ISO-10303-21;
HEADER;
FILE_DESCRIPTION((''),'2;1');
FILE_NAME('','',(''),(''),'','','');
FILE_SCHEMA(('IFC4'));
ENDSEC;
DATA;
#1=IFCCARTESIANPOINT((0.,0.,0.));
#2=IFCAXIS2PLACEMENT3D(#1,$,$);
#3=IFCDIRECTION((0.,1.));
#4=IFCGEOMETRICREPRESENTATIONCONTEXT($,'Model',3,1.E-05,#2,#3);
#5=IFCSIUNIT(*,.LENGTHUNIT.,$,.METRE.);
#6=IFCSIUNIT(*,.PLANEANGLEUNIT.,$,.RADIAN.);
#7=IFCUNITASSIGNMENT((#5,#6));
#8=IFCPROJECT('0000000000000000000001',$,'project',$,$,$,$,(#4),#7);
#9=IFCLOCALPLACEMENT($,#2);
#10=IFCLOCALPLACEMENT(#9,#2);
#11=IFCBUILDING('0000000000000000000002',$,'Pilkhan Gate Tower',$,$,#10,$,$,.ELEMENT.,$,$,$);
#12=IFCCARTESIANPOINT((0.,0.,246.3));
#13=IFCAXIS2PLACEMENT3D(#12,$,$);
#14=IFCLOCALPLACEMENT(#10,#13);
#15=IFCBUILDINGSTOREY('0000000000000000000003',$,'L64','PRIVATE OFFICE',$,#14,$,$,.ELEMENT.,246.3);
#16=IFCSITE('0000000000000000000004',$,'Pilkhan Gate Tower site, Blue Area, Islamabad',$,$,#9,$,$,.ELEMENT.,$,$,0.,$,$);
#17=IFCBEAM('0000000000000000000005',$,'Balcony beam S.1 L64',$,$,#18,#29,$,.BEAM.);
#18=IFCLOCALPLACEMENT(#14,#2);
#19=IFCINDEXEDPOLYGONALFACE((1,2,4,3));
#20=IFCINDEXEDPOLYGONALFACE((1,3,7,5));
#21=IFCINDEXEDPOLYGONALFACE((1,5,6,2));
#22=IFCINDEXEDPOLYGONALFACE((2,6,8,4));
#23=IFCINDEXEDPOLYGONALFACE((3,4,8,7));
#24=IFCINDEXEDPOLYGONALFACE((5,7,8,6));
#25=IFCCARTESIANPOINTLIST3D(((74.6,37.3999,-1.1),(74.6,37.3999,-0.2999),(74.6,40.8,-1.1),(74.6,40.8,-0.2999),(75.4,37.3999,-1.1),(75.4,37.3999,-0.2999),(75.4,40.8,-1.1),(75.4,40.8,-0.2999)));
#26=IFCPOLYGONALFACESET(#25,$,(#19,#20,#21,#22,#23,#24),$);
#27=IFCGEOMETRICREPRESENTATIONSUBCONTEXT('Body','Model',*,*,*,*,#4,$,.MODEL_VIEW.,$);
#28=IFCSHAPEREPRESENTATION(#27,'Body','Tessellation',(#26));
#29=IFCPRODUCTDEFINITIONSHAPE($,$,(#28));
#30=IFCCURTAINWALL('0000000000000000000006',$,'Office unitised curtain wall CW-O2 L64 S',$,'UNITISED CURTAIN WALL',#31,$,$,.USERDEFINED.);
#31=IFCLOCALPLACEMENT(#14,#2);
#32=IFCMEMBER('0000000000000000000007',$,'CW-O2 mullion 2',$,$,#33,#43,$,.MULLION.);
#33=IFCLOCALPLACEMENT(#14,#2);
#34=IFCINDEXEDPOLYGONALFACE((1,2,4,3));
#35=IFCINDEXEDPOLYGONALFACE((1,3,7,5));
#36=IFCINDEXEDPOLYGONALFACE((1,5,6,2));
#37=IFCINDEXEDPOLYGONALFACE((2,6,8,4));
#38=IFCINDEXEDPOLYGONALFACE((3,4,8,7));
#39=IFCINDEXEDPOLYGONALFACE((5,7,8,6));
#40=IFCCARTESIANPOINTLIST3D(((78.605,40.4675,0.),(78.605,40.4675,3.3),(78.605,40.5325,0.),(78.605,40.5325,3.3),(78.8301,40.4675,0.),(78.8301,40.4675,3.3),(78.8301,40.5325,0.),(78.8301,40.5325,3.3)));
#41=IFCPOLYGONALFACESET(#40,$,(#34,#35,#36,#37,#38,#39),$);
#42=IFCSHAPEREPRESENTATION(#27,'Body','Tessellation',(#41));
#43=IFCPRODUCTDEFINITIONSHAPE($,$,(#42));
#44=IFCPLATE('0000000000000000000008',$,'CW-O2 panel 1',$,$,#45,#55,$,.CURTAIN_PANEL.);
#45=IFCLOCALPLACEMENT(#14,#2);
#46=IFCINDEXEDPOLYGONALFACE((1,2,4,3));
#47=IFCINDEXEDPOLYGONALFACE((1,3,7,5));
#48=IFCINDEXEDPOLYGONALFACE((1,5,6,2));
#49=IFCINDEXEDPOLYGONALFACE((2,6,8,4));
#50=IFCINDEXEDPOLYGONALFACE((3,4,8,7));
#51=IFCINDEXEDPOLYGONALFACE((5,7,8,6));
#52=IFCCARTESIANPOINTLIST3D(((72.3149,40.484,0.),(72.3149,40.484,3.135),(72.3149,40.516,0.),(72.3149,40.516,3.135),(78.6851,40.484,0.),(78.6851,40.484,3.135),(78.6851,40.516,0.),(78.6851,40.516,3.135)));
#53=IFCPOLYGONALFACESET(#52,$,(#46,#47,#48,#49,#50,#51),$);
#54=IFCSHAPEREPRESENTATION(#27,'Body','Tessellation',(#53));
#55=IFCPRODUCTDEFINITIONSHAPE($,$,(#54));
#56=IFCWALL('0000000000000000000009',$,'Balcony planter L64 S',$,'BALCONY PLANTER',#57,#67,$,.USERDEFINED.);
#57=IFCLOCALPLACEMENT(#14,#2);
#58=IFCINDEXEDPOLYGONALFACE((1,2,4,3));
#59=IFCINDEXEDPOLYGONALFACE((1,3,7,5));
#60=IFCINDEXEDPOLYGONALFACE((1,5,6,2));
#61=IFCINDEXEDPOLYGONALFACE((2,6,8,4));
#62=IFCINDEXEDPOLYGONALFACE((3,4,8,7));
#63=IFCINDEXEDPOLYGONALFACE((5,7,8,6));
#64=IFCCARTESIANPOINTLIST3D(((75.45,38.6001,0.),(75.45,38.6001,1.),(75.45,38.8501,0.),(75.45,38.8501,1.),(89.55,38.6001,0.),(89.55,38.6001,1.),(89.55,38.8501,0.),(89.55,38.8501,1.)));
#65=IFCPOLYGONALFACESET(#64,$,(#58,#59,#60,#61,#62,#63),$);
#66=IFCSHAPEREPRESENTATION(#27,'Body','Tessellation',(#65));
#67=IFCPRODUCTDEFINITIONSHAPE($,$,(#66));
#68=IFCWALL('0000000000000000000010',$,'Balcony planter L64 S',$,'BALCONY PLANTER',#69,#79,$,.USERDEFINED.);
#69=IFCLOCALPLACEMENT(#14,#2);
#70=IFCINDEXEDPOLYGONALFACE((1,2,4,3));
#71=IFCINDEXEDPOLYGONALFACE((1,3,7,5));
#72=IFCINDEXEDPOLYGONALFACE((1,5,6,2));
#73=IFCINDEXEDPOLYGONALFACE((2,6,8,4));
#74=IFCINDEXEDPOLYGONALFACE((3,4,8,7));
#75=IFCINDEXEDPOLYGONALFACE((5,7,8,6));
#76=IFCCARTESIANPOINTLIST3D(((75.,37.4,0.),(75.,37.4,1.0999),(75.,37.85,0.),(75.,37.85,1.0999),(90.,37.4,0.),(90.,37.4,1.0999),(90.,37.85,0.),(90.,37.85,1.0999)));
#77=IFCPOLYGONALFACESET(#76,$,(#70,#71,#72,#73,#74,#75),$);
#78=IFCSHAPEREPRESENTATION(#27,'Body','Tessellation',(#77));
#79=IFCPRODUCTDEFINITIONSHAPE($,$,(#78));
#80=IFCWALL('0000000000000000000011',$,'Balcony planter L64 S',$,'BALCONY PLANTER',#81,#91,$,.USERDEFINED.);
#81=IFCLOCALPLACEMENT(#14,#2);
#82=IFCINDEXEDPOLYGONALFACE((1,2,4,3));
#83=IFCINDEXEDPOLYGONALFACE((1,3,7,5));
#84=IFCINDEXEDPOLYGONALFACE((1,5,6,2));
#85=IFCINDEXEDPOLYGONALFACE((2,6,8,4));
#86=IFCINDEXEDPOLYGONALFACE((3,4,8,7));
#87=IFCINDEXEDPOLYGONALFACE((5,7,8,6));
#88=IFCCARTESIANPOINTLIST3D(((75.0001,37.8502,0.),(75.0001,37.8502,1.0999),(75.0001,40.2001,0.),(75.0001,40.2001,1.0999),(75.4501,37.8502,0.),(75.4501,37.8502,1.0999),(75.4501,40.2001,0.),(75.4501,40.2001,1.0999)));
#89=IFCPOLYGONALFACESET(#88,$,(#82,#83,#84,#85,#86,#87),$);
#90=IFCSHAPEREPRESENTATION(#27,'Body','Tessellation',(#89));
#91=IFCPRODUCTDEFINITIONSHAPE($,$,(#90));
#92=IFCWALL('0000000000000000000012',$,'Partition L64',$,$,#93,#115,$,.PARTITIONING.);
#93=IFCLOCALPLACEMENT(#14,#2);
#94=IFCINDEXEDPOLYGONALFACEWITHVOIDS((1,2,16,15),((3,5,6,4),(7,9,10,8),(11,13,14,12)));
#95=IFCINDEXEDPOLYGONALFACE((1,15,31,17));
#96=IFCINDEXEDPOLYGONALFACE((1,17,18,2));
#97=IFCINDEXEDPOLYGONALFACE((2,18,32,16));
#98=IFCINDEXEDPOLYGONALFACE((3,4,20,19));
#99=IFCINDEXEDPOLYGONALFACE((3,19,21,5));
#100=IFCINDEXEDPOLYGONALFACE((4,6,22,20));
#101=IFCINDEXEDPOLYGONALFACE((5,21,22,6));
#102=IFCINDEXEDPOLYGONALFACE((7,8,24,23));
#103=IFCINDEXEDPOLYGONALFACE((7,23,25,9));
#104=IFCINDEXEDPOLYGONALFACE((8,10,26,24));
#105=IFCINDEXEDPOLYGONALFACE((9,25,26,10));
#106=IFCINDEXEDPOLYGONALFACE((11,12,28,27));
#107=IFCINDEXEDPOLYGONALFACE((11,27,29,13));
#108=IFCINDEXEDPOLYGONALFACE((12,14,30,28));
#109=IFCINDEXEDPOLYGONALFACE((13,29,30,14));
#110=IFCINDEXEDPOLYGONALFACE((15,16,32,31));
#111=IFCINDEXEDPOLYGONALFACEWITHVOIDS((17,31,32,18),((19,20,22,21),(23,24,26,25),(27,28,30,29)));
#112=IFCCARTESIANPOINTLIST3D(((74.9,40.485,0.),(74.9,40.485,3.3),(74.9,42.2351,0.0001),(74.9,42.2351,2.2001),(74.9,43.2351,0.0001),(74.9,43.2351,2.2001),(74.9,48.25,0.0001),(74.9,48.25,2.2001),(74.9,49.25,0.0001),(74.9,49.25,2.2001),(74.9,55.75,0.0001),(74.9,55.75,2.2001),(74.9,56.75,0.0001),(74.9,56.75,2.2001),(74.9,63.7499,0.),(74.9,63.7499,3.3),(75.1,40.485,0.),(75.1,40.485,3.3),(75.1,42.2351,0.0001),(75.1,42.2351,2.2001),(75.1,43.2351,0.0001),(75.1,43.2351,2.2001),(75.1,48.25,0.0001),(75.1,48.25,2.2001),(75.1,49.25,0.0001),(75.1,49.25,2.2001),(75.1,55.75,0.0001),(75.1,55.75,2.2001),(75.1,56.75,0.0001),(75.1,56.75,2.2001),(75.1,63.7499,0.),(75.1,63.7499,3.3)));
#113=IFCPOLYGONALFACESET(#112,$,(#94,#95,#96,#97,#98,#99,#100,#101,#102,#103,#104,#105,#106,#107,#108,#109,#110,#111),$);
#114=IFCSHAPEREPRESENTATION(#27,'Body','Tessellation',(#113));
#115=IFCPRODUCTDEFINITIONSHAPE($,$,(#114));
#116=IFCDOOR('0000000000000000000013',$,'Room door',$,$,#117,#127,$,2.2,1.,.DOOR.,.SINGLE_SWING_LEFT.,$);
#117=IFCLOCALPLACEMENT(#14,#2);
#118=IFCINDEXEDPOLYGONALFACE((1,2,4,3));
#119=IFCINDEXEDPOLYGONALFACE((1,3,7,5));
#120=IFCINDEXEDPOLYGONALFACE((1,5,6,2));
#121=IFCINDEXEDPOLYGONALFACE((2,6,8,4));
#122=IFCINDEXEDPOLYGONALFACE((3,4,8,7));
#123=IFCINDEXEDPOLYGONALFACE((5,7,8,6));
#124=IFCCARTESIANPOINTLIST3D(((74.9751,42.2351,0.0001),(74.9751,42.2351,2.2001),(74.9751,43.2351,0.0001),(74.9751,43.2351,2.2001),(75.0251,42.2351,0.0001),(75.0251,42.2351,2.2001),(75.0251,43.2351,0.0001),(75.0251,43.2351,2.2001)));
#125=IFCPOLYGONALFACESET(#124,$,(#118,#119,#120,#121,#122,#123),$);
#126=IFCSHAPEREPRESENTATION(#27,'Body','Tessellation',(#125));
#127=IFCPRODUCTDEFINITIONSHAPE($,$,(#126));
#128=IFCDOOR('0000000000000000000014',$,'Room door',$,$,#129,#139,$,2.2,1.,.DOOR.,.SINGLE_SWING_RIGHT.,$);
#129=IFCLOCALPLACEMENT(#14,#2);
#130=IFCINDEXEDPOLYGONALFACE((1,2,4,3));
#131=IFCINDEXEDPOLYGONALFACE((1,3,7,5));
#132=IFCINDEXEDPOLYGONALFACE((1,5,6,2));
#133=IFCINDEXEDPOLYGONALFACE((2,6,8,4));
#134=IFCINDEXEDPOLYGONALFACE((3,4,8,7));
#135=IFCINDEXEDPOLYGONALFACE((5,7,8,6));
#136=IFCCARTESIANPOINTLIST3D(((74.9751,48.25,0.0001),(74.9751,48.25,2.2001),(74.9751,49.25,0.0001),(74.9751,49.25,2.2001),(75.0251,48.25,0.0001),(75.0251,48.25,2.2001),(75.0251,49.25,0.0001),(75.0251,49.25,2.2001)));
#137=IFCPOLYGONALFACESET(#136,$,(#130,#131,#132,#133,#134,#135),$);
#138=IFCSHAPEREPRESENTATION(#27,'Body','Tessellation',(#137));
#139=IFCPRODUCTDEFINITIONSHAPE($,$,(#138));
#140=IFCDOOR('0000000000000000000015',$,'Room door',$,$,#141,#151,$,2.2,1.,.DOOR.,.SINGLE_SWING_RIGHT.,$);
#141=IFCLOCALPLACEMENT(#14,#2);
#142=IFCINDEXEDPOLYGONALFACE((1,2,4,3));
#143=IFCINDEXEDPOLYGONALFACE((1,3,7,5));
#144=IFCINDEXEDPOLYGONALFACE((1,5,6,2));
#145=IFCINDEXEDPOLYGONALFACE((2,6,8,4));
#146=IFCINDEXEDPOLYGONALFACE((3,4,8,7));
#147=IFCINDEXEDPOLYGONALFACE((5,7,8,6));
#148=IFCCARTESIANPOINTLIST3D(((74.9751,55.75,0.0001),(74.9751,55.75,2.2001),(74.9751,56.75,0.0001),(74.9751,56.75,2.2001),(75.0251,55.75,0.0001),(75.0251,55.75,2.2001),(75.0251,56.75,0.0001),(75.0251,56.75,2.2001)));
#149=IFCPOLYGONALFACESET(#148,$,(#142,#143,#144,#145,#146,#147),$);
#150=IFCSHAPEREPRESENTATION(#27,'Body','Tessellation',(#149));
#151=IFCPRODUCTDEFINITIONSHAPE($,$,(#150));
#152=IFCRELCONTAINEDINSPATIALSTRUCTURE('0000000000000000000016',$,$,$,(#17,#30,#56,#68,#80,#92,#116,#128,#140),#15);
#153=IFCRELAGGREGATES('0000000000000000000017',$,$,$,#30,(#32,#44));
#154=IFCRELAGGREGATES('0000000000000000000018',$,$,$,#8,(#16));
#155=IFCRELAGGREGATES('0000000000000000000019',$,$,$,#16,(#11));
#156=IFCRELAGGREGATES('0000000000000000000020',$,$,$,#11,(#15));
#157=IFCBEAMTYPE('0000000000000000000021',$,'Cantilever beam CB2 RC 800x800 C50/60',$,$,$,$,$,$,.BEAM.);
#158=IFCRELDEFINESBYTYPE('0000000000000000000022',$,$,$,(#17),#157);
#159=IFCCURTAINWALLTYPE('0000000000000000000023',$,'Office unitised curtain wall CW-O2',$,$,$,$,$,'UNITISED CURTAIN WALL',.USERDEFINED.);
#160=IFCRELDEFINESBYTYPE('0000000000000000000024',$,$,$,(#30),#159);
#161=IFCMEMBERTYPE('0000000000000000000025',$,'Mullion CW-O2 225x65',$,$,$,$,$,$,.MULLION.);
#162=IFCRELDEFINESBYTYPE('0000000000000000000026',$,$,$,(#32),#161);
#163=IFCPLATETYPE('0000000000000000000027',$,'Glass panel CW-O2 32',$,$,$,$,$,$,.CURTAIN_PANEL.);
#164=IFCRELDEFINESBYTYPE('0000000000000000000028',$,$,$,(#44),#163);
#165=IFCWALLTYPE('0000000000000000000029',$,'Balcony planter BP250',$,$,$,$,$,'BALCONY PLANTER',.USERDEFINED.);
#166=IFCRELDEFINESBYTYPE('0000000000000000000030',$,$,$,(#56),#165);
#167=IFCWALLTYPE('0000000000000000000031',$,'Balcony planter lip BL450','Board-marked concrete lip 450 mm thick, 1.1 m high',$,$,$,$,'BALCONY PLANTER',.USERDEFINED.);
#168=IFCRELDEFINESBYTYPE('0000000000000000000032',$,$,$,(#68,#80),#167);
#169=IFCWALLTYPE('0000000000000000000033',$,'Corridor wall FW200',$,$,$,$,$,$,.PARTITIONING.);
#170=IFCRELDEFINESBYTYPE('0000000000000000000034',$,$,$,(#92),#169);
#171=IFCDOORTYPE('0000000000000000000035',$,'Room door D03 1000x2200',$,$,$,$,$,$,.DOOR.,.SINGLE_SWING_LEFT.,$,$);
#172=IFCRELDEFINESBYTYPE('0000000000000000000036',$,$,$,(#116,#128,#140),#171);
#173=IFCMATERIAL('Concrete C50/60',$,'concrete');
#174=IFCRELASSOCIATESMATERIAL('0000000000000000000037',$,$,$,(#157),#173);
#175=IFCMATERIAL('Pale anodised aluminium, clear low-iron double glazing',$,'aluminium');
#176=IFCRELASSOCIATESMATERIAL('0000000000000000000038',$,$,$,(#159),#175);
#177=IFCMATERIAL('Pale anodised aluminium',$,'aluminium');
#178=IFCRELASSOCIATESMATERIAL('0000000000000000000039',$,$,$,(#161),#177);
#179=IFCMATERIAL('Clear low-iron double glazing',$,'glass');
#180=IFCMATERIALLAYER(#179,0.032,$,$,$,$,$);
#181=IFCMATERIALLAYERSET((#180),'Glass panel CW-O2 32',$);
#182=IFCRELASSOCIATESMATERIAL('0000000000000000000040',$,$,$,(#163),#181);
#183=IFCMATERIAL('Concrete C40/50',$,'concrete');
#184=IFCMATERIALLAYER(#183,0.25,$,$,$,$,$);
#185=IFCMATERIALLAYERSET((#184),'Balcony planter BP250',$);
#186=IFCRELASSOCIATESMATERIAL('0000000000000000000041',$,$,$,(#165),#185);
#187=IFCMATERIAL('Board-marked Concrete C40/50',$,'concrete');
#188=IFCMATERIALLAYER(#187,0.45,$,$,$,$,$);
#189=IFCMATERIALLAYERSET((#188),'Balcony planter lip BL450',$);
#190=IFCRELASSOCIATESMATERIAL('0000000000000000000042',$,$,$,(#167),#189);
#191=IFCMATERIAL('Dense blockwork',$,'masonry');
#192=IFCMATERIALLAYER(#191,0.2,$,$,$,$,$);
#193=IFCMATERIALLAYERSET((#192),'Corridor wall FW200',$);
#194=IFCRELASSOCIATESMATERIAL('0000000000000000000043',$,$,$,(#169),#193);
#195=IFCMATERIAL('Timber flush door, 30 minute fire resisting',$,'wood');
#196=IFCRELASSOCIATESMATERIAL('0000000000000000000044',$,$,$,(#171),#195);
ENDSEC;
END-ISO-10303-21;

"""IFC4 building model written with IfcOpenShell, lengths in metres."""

from ifc_helpers import new_model, si_unit, direction, frame, frame_2d, origin, origin_2d, place, context, subcontext, project, spatial, rectangle, extrude, material, layer, layer_set, material_profile, profile_set, type_object, element, fill, aggregate, save


model = new_model("IFC4")

# Units and contexts
model_context = context("Model", 3, precision=1e-05, world=origin(), true_north=direction((0.0, 1.0)))
body_context = subcontext(model_context, "Body", "Model", "MODEL_VIEW")
ifc_project = project(units=[si_unit("LENGTHUNIT", "METRE"), si_unit("PLANEANGLEUNIT", "RADIAN")], contexts=[model_context])

# Site, building, storey
site_placement = place(None, origin())
site = spatial("IfcSite", under=ifc_project, at=site_placement, Name="Pilkhan Gate Tower site, Blue Area, Islamabad", CompositionType="ELEMENT", RefElevation=0.0)
building_placement = place(site_placement, origin())
building = spatial("IfcBuilding", under=site, at=building_placement, Name="Pilkhan Gate Tower", CompositionType="ELEMENT")
storey_placement = place(building_placement, frame((0.0, 0.0, 246.3)))
storey = spatial("IfcBuildingStorey", under=building, at=storey_placement, Name="L64", Description="PRIVATE OFFICE", CompositionType="ELEMENT", Elevation=246.3)

# Beam
ifc_material_1 = material(Name="Concrete C50/60", Category="concrete")
ifc_material_profile_1 = material_profile(ifc_material_1, rectangle(XDim=0.8, YDim=0.8, at=origin_2d()), Name="RC 800x800")
ifc_profile_set_1 = profile_set([ifc_material_profile_1], Name="Concrete C50/60")
beam_type = type_object("IfcBeamType", Name="Cantilever beam CB2 RC 800x800 C50/60", PredefinedType="BEAM", material=ifc_profile_set_1)
beam_placement = place(storey_placement, frame((75.0, 40.8, -0.7), z_axis=(0.0, -1.0, 0.0), x_axis=(1.0, 0.0, 0.0)))
element("IfcBeam", 1, at=beam_placement, inside=storey, type_object=beam_type, Name="Balcony beam S.1 L64", PredefinedType="BEAM", context=body_context, shape_type="SweptSolid", body=[
    extrude(rectangle(XDim=0.8, YDim=0.8, at=origin_2d()), origin(), (0.0, 0.0, 1.0), 3.4001),
])

# Curtain wall, member, plate
ifc_material_2 = material(Name="Pale anodised aluminium, clear low-iron double glazing", Category="aluminium")
curtain_wall_type = type_object("IfcCurtainWallType", Name="Office unitised curtain wall CW-O2", ElementType="UNITISED CURTAIN WALL", PredefinedType="USERDEFINED", material=ifc_material_2)
curtain_wall_placement = place(storey_placement, origin())
curtain_wall = element("IfcCurtainWall", 2, at=curtain_wall_placement, inside=storey, type_object=curtain_wall_type, Name="Office unitised curtain wall CW-O2 L64 S", ObjectType="UNITISED CURTAIN WALL", PredefinedType="USERDEFINED")
ifc_material_3 = material(Name="Pale anodised aluminium", Category="aluminium")
ifc_material_profile_2 = material_profile(ifc_material_3, rectangle(XDim=0.0649, YDim=0.2251, at=origin_2d()), Name="Mullion 225x65")
ifc_profile_set_2 = profile_set([ifc_material_profile_2], Name="Pale anodised aluminium")
member_type = type_object("IfcMemberType", Name="Mullion CW-O2 225x65", PredefinedType="MULLION", material=ifc_profile_set_2)
member_placement = place(storey_placement, frame((78.7175, 40.5, 0.0), z_axis=(0.0, 0.0, 1.0), x_axis=(0.0, 1.0, 0.0)))
member = element("IfcMember", 3, at=member_placement, type_object=member_type, Name="CW-O2 mullion 2", PredefinedType="MULLION", context=body_context, shape_type="SweptSolid", body=[
    extrude(rectangle(XDim=0.0649, YDim=0.2251, at=origin_2d()), origin(), (0.0, 0.0, 1.0), 3.3),
])
ifc_material_4 = material(Name="Clear low-iron double glazing", Category="glass")
ifc_layer_1 = layer(ifc_material_4, 0.032)
ifc_layer_set_1 = layer_set([ifc_layer_1], Name="Glass panel CW-O2 32")
plate_type = type_object("IfcPlateType", Name="Glass panel CW-O2 32", PredefinedType="CURTAIN_PANEL", material=ifc_layer_set_1)
plate_placement = place(storey_placement, frame((75.5, 40.5, 0.0), z_axis=(0.0, 0.0, 1.0), x_axis=(1.0, 0.0, 0.0)))
plate = element("IfcPlate", 4, at=plate_placement, type_object=plate_type, Name="CW-O2 panel 1", PredefinedType="CURTAIN_PANEL", context=body_context, shape_type="SweptSolid", body=[
    extrude(rectangle(XDim=6.3701, YDim=0.032, at=origin_2d()), origin(), (0.0, 0.0, 1.0), 3.135),
])
aggregate(curtain_wall, [member, plate])

# Walls
ifc_material_5 = material(Name="Concrete C40/50", Category="concrete")
ifc_layer_2 = layer(ifc_material_5, 0.25)
ifc_layer_set_2 = layer_set([ifc_layer_2], Name="Balcony planter BP250")
wall_type_1 = type_object("IfcWallType", Name="Balcony planter BP250", ElementType="BALCONY PLANTER", PredefinedType="USERDEFINED", material=ifc_layer_set_2)
wall_1_placement = place(storey_placement, frame((75.45, 38.7251, 0.0), z_axis=(0.0, 0.0, 1.0), x_axis=(1.0, 0.0, 0.0)))
element("IfcWall", 5, at=wall_1_placement, inside=storey, type_object=wall_type_1, Name="Balcony planter L64 S", ObjectType="BALCONY PLANTER", PredefinedType="USERDEFINED", context=body_context, shape_type="SweptSolid", body=[
    extrude(rectangle(XDim=14.1001, YDim=0.25, at=frame_2d((7.05, 0.0))), origin(), (0.0, 0.0, 1.0), 1.0),
])
ifc_material_6 = material(Name="Board-marked Concrete C40/50", Category="concrete")
ifc_layer_3 = layer(ifc_material_6, 0.45)
ifc_layer_set_3 = layer_set([ifc_layer_3], Name="Balcony planter lip BL450")
wall_type_2 = type_object("IfcWallType", Name="Balcony planter lip BL450", Description="Board-marked concrete lip 450 mm thick, 1.1 m high", ElementType="BALCONY PLANTER", PredefinedType="USERDEFINED", material=ifc_layer_set_3)
wall_2_placement = place(storey_placement, frame((75.0, 37.625, 0.0), z_axis=(0.0, 0.0, 1.0), x_axis=(1.0, 0.0, 0.0)))
element("IfcWall", 6, at=wall_2_placement, inside=storey, type_object=wall_type_2, Name="Balcony planter L64 S", ObjectType="BALCONY PLANTER", PredefinedType="USERDEFINED", context=body_context, shape_type="SweptSolid", body=[
    extrude(rectangle(XDim=15.0, YDim=0.45, at=frame_2d((7.5, 0.0))), origin(), (0.0, 0.0, 1.0), 1.0999),
])
wall_3_placement = place(storey_placement, frame((75.2251, 40.2, 0.0), z_axis=(0.0, 0.0, 1.0), x_axis=(0.0, -1.0, 0.0)))
element("IfcWall", 7, at=wall_3_placement, inside=storey, type_object=wall_type_2, Name="Balcony planter L64 S", ObjectType="BALCONY PLANTER", PredefinedType="USERDEFINED", context=body_context, shape_type="SweptSolid", body=[
    extrude(rectangle(XDim=2.3499, YDim=0.45, at=frame_2d((1.1748, 0.0))), origin(), (0.0, 0.0, 1.0), 1.0999),
])

# Wall, openings, doors
ifc_material_7 = material(Name="Dense blockwork", Category="masonry")
ifc_layer_4 = layer(ifc_material_7, 0.2)
ifc_layer_set_4 = layer_set([ifc_layer_4], Name="Corridor wall FW200")
wall_type_3 = type_object("IfcWallType", Name="Corridor wall FW200", PredefinedType="PARTITIONING", material=ifc_layer_set_4)
wall_4_placement = place(storey_placement, frame((75.0, 40.4851, 0.0), z_axis=(0.0, 0.0, 1.0), x_axis=(0.0, 1.0, 0.0)))
wall_4 = element("IfcWall", 8, at=wall_4_placement, inside=storey, type_object=wall_type_3, Name="Partition L64", PredefinedType="PARTITIONING", context=body_context, shape_type="SweptSolid", body=[
    extrude(rectangle(XDim=23.2649, YDim=0.2, at=frame_2d((11.6323, 0.0))), origin(), (0.0, 0.0, 1.0), 3.3),
])
opening_1_placement = place(wall_4_placement, frame((1.75, 0.0, 0.0)))
opening_1 = element("IfcOpeningElement", 9, at=opening_1_placement, cuts=wall_4, PredefinedType="OPENING", context=body_context, shape_type="SweptSolid", body=[
    extrude(rectangle(XDim=1.0, YDim=2.2, at=frame_2d((0.5, 1.1001))), frame((0.0, 0.1099, 0.0), z_axis=(0.0, -1.0, 0.0), x_axis=(1.0, 0.0, 0.0)), (0.0, 0.0, 1.0), 0.22),
])
opening_2_placement = place(wall_4_placement, frame((7.7649, 0.0, 0.0)))
opening_2 = element("IfcOpeningElement", 10, at=opening_2_placement, cuts=wall_4, PredefinedType="OPENING", context=body_context, shape_type="SweptSolid", body=[
    extrude(rectangle(XDim=1.0, YDim=2.2, at=frame_2d((0.5, 1.1001))), frame((0.0, 0.1099, 0.0), z_axis=(0.0, -1.0, 0.0), x_axis=(1.0, 0.0, 0.0)), (0.0, 0.0, 1.0), 0.22),
])
opening_3_placement = place(wall_4_placement, frame((15.2649, 0.0, 0.0)))
opening_3 = element("IfcOpeningElement", 11, at=opening_3_placement, cuts=wall_4, PredefinedType="OPENING", context=body_context, shape_type="SweptSolid", body=[
    extrude(rectangle(XDim=1.0, YDim=2.2, at=frame_2d((0.5, 1.1001))), frame((0.0, 0.1099, 0.0), z_axis=(0.0, -1.0, 0.0), x_axis=(1.0, 0.0, 0.0)), (0.0, 0.0, 1.0), 0.22),
])
ifc_material_8 = material(Name="Timber flush door, 30 minute fire resisting", Category="wood")
door_type_1 = type_object("IfcDoorType", Name="Room door D03 1000x2200", OperationType="SINGLE_SWING_LEFT", PredefinedType="DOOR", material=ifc_material_8)
door_1_placement = place(opening_1_placement, origin())
door_1 = element("IfcDoor", 12, at=door_1_placement, inside=storey, type_object=door_type_1, Name="Room door", OperationType="SINGLE_SWING_LEFT", OverallHeight=2.2, OverallWidth=1.0, PredefinedType="DOOR", context=body_context, shape_type="SweptSolid", body=[
    extrude(rectangle(XDim=1.0, YDim=2.2, at=frame_2d((0.5, 1.1001))), frame((0.0, 0.0249, 0.0), z_axis=(0.0, -1.0, 0.0), x_axis=(1.0, 0.0, 0.0)), (0.0, 0.0, 1.0), 0.05),
])
fill(opening_1, door_1)
door_2_placement = place(opening_2_placement, origin())
door_2 = element("IfcDoor", 13, at=door_2_placement, inside=storey, type_object=door_type_1, Name="Room door", OperationType="SINGLE_SWING_RIGHT", OverallHeight=2.2, OverallWidth=1.0, PredefinedType="DOOR", context=body_context, shape_type="SweptSolid", body=[
    extrude(rectangle(XDim=1.0, YDim=2.2, at=frame_2d((0.5, 1.1001))), frame((0.0, 0.0249, 0.0), z_axis=(0.0, -1.0, 0.0), x_axis=(1.0, 0.0, 0.0)), (0.0, 0.0, 1.0), 0.05),
])
fill(opening_2, door_2)
door_3_placement = place(opening_3_placement, origin())
door_3 = element("IfcDoor", 14, at=door_3_placement, inside=storey, type_object=door_type_1, Name="Room door", OperationType="SINGLE_SWING_RIGHT", OverallHeight=2.2, OverallWidth=1.0, PredefinedType="DOOR", context=body_context, shape_type="SweptSolid", body=[
    extrude(rectangle(XDim=1.0, YDim=2.2, at=frame_2d((0.5, 1.1001))), frame((0.0, 0.0249, 0.0), z_axis=(0.0, -1.0, 0.0), x_axis=(1.0, 0.0, 0.0)), (0.0, 0.0, 1.0), 0.05),
])
fill(opening_3, door_3)

save(model, "model.ifc")
